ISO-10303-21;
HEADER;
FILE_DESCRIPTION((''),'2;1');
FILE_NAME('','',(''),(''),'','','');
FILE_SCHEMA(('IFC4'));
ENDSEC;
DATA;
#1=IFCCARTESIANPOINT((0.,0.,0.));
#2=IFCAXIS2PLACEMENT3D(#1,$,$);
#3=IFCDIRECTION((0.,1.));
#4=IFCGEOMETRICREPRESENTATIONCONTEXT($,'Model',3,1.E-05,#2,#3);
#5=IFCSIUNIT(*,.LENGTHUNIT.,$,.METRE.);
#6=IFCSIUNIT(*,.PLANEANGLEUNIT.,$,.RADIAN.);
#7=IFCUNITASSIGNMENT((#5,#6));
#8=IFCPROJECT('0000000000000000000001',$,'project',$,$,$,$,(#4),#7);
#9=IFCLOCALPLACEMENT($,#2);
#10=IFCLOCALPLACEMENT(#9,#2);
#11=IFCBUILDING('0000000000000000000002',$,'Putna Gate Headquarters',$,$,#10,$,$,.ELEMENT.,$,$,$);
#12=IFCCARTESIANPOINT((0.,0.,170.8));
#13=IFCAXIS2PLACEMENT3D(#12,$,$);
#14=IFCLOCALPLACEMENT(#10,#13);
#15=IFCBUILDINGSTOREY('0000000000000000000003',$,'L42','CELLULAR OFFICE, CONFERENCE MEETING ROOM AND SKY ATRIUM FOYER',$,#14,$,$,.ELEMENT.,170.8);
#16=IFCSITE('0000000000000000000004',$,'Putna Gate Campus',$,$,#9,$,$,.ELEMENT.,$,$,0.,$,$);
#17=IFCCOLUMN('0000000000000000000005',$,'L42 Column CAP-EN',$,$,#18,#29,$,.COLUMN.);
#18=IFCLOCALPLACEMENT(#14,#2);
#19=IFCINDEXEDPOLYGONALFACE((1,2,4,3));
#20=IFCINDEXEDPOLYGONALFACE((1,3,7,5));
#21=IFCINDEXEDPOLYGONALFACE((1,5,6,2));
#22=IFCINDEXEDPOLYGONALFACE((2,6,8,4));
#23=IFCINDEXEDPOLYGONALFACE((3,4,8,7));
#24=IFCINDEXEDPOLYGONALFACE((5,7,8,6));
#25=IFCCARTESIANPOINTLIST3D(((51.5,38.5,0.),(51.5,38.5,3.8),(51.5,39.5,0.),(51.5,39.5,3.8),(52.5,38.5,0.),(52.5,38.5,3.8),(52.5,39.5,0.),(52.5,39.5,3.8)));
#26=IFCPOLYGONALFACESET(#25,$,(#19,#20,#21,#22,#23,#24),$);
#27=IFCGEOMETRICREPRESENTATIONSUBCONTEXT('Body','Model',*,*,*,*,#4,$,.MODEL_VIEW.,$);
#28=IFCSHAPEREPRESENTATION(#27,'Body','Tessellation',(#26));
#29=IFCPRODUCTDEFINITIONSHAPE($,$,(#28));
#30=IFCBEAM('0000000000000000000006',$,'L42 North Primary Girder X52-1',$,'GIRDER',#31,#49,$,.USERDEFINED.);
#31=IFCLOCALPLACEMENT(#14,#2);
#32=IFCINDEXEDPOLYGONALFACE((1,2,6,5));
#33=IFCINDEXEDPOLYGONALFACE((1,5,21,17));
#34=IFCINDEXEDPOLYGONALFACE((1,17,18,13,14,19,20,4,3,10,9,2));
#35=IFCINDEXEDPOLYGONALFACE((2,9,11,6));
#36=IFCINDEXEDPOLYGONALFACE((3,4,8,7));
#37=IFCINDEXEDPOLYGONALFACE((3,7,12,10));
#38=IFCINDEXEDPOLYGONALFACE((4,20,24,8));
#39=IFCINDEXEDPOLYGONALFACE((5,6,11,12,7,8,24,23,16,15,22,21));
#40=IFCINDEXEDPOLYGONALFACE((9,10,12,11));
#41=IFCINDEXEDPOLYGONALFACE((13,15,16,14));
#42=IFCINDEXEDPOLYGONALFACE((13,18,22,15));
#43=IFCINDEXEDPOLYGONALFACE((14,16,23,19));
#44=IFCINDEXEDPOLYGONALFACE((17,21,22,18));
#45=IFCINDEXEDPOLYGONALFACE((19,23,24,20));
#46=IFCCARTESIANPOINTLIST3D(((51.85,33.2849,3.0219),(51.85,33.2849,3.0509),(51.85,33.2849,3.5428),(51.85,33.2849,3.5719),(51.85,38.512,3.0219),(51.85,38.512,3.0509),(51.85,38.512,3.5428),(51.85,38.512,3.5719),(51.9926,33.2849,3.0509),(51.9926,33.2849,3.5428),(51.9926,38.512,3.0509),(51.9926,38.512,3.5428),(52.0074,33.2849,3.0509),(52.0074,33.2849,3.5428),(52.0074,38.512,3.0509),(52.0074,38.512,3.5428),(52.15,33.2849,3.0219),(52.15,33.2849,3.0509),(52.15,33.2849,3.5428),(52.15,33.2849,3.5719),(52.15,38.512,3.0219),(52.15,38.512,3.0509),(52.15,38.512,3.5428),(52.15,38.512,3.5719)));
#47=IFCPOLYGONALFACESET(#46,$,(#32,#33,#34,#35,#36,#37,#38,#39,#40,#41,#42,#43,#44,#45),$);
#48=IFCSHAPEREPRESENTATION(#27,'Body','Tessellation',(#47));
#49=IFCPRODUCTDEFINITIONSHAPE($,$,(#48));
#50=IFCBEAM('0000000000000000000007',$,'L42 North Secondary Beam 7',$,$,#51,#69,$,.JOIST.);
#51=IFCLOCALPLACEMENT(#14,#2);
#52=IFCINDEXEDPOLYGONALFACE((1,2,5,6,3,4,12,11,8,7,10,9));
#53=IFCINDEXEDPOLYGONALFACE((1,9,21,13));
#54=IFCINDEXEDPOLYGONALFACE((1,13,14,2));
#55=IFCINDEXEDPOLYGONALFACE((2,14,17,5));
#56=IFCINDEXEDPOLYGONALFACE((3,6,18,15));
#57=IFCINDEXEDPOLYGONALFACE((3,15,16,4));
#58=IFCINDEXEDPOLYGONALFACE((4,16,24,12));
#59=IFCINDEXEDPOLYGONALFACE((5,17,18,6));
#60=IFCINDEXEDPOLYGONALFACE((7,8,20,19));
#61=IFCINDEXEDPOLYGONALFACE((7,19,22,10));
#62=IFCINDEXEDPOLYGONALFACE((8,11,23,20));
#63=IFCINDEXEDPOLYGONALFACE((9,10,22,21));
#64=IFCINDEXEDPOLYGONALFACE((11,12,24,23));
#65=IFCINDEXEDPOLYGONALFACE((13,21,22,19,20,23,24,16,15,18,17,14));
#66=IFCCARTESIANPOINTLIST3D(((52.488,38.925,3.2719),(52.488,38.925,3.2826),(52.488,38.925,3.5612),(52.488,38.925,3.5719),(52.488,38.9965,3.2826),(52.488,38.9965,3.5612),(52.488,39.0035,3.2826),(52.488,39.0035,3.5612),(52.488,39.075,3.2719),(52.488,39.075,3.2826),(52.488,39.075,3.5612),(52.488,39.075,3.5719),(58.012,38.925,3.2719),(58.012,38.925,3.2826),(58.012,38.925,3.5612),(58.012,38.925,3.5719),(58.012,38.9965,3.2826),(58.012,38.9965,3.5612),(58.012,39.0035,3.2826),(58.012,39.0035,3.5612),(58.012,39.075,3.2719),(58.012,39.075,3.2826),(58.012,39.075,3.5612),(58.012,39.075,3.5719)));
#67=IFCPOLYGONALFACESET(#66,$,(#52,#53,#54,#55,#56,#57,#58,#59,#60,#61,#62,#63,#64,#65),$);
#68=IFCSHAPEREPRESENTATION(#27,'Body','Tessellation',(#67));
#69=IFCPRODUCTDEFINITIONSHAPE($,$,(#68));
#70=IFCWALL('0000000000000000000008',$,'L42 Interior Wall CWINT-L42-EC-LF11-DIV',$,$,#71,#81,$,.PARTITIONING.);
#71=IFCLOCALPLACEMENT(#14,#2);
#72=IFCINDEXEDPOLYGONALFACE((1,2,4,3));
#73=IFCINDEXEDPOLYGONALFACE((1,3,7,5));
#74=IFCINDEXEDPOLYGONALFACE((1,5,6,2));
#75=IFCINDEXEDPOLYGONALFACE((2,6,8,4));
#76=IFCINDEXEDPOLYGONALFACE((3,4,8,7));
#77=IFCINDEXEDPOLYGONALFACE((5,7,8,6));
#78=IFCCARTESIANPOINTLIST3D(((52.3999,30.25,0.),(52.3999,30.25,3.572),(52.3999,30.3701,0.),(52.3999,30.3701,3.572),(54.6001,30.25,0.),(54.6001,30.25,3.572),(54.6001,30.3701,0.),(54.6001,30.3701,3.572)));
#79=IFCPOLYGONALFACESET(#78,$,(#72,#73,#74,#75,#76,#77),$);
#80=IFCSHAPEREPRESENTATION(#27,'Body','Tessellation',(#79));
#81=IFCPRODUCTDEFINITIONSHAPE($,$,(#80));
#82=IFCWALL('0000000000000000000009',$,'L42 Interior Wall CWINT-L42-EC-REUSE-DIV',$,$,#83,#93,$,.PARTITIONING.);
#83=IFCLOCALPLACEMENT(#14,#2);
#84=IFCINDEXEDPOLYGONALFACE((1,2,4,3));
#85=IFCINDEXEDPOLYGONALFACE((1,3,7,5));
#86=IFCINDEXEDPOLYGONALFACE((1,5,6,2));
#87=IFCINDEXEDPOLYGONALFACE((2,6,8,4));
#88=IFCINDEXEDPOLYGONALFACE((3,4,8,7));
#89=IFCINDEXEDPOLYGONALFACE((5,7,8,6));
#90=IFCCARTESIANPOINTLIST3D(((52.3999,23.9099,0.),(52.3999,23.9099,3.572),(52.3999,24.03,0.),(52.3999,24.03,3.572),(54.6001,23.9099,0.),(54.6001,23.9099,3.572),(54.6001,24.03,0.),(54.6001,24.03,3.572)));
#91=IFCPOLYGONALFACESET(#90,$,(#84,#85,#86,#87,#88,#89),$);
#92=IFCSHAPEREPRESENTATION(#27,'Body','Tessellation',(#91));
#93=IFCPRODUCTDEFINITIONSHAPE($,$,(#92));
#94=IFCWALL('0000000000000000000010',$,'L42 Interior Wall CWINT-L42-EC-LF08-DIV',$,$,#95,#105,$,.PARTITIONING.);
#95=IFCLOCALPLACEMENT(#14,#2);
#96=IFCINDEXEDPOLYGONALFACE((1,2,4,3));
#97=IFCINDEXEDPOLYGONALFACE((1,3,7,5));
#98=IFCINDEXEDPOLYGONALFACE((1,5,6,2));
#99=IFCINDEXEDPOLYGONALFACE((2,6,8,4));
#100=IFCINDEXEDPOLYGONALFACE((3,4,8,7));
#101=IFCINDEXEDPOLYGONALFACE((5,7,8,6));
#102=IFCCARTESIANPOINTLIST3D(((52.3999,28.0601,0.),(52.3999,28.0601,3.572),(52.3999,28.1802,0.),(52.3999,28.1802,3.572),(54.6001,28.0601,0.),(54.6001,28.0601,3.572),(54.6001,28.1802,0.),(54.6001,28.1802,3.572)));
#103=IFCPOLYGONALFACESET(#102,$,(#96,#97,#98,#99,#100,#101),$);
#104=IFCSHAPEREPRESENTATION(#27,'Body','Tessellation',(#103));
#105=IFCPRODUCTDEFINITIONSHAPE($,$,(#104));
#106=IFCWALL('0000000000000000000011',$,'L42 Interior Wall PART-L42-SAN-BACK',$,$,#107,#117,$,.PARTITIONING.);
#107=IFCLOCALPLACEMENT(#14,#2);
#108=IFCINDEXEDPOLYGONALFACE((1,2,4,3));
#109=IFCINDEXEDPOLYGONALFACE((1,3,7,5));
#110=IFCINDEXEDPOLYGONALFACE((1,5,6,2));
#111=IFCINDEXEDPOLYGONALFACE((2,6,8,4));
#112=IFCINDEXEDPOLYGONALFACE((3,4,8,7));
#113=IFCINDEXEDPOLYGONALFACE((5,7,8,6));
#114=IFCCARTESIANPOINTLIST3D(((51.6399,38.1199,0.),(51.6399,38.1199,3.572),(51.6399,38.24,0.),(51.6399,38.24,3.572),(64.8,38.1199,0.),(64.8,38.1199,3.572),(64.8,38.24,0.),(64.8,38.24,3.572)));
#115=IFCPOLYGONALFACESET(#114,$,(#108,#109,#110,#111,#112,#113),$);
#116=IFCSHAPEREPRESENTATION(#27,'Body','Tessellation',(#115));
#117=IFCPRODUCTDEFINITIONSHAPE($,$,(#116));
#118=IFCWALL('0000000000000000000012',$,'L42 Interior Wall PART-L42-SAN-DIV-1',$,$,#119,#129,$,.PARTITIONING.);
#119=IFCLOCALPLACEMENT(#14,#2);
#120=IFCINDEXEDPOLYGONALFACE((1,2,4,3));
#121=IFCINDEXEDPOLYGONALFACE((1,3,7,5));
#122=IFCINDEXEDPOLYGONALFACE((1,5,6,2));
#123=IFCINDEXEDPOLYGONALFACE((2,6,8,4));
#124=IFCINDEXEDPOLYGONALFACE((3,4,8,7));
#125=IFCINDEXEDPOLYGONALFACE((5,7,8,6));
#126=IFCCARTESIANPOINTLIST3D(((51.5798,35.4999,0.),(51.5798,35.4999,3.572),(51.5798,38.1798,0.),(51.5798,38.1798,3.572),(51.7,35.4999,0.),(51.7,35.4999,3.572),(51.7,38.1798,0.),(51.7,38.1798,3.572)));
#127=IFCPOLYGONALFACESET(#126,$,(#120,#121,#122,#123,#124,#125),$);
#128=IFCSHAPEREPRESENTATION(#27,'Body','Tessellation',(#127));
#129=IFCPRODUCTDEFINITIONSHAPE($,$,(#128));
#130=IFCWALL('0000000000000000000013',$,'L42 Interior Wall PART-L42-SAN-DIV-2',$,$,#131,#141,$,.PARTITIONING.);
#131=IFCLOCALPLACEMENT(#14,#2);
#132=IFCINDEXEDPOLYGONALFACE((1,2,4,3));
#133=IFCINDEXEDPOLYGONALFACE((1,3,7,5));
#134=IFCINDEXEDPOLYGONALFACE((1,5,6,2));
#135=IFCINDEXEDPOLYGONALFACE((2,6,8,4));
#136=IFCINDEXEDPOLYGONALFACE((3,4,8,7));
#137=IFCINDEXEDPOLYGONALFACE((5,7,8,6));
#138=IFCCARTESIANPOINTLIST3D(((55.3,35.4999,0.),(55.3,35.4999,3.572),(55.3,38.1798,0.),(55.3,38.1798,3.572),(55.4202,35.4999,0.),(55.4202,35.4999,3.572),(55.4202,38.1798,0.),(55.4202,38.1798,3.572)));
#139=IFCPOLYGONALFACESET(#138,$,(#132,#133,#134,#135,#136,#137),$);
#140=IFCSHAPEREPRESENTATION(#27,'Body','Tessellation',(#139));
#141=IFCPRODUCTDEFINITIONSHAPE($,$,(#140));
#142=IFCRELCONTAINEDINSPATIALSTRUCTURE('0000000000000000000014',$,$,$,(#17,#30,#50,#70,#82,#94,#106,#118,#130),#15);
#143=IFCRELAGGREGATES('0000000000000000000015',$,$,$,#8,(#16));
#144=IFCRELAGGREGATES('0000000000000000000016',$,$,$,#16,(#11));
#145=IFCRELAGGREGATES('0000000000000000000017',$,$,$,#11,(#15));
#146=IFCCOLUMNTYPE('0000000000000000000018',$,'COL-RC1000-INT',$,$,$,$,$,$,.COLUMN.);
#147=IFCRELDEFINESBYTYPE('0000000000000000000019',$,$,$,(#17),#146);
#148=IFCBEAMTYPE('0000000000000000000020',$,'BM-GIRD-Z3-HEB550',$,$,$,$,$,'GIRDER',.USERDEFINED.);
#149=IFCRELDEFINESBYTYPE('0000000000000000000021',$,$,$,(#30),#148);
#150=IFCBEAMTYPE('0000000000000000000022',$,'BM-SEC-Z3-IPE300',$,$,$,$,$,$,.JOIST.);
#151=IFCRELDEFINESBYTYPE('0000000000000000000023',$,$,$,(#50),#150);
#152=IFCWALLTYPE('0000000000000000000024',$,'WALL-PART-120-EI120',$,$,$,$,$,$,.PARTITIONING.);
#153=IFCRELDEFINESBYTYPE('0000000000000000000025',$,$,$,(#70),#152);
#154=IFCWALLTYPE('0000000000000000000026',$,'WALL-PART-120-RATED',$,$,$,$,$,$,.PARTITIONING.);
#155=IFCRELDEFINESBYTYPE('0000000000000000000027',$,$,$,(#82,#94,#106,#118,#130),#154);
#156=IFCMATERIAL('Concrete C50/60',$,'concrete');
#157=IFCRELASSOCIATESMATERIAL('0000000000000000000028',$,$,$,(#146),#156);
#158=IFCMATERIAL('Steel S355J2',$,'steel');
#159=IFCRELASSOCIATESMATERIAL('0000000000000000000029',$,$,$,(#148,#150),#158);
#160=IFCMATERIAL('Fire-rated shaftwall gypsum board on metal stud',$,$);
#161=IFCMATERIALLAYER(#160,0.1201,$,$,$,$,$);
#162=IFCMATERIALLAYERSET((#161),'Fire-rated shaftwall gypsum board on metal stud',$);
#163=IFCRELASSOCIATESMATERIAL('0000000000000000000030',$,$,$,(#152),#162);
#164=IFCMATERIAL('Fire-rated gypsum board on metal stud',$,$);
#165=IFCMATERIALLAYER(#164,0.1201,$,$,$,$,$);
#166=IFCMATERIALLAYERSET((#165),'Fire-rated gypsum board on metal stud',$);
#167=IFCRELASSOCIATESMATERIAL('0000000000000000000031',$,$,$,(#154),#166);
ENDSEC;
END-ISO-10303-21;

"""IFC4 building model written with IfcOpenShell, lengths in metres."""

from ifc_helpers import new_model, si_unit, direction, frame, frame_2d, origin, origin_2d, place, context, subcontext, project, spatial, rectangle, i_section, extrude, material, layer, layer_set, material_profile, profile_set, type_object, element, save


model = new_model("IFC4")

# Units and contexts
model_context = context("Model", 3, precision=1e-05, world=origin(), true_north=direction((0.0, 1.0)))
body_context = subcontext(model_context, "Body", "Model", "MODEL_VIEW")
ifc_project = project(units=[si_unit("LENGTHUNIT", "METRE"), si_unit("PLANEANGLEUNIT", "RADIAN")], contexts=[model_context])

# Site, building, storey
site_placement = place(None, origin())
site = spatial("IfcSite", under=ifc_project, at=site_placement, Name="Putna Gate Campus", CompositionType="ELEMENT", RefElevation=0.0)
building_placement = place(site_placement, origin())
building = spatial("IfcBuilding", under=site, at=building_placement, Name="Putna Gate Headquarters", CompositionType="ELEMENT")
storey_placement = place(building_placement, frame((0.0, 0.0, 170.8)))
storey = spatial("IfcBuildingStorey", under=building, at=storey_placement, Name="L42", Description="CELLULAR OFFICE, CONFERENCE MEETING ROOM AND SKY ATRIUM FOYER", CompositionType="ELEMENT", Elevation=170.8)

# Column
ifc_material_1 = material(Name="Concrete C50/60", Category="concrete")
ifc_material_profile_1 = material_profile(ifc_material_1, rectangle(XDim=1.0, YDim=1.0, at=origin_2d()), Name="Concrete C50/60")
ifc_profile_set_1 = profile_set([ifc_material_profile_1], Name="Concrete C50/60")
column_type = type_object("IfcColumnType", Name="COL-RC1000-INT", PredefinedType="COLUMN", material=ifc_profile_set_1)
column_placement = place(storey_placement, frame((52.0, 39.0, 0.0), z_axis=(0.0, 0.0, 1.0), x_axis=(1.0, 0.0, 0.0)))
element("IfcColumn", 1, at=column_placement, inside=storey, type_object=column_type, Name="L42 Column CAP-EN", PredefinedType="COLUMN", context=body_context, shape_type="SweptSolid", body=[
    extrude(rectangle(XDim=1.0, YDim=1.0, at=origin_2d()), origin(), (0.0, 0.0, 1.0), 3.8),
])

# Beams
ifc_material_2 = material(Name="Steel S355J2", Category="steel")
ifc_material_profile_2 = material_profile(ifc_material_2, i_section(OverallWidth=0.3, OverallDepth=0.55, WebThickness=0.0149, FlangeThickness=0.0291, at=origin_2d()), Name="Steel S355J2")
ifc_profile_set_2 = profile_set([ifc_material_profile_2], Name="Steel S355J2")
beam_type_1 = type_object("IfcBeamType", Name="BM-GIRD-Z3-HEB550", ElementType="GIRDER", PredefinedType="USERDEFINED", material=ifc_profile_set_2)
beam_1_placement = place(storey_placement, frame((52.0, 33.2849, 3.2969), z_axis=(0.0, 1.0, 0.0), x_axis=(-1.0, 0.0, 0.0)))
element("IfcBeam", 2, at=beam_1_placement, inside=storey, type_object=beam_type_1, Name="L42 North Primary Girder X52-1", ObjectType="GIRDER", PredefinedType="USERDEFINED", context=body_context, shape_type="SweptSolid", body=[
    extrude(i_section(OverallWidth=0.3, OverallDepth=0.55, WebThickness=0.0149, FlangeThickness=0.0291, at=origin_2d()), origin(), (0.0, 0.0, 1.0), 5.2271),
])
ifc_material_profile_3 = material_profile(ifc_material_2, i_section(OverallWidth=0.1499, OverallDepth=0.3, WebThickness=0.0071, FlangeThickness=0.0107, at=origin_2d()), Name="Steel S355J2")
ifc_profile_set_3 = profile_set([ifc_material_profile_3], Name="Steel S355J2")
beam_type_2 = type_object("IfcBeamType", Name="BM-SEC-Z3-IPE300", PredefinedType="JOIST", material=ifc_profile_set_3)
beam_2_placement = place(storey_placement, frame((52.488, 39.0, 3.4219), z_axis=(1.0, 0.0, 0.0), x_axis=(0.0, 1.0, 0.0)))
element("IfcBeam", 3, at=beam_2_placement, inside=storey, type_object=beam_type_2, Name="L42 North Secondary Beam 7", PredefinedType="JOIST", context=body_context, shape_type="SweptSolid", body=[
    extrude(i_section(OverallWidth=0.1499, OverallDepth=0.3, WebThickness=0.0071, FlangeThickness=0.0107, at=origin_2d()), origin(), (0.0, 0.0, 1.0), 5.5239),
])

# Walls
ifc_material_3 = material(Name="Fire-rated shaftwall gypsum board on metal stud")
ifc_layer_1 = layer(ifc_material_3, 0.1201)
ifc_layer_set_1 = layer_set([ifc_layer_1], Name="Fire-rated shaftwall gypsum board on metal stud")
wall_type_1 = type_object("IfcWallType", Name="WALL-PART-120-EI120", PredefinedType="PARTITIONING", material=ifc_layer_set_1)
wall_1_placement = place(storey_placement, frame((52.3999, 30.3101, 0.0), z_axis=(0.0, 0.0, 1.0), x_axis=(1.0, 0.0, 0.0)))
element("IfcWall", 4, at=wall_1_placement, inside=storey, type_object=wall_type_1, Name="L42 Interior Wall CWINT-L42-EC-LF11-DIV", PredefinedType="PARTITIONING", context=body_context, shape_type="SweptSolid", body=[
    extrude(rectangle(XDim=2.2002, YDim=0.1201, at=frame_2d((1.1001, 0.0))), origin(), (0.0, 0.0, 1.0), 3.572),
])
ifc_material_4 = material(Name="Fire-rated gypsum board on metal stud")
ifc_layer_2 = layer(ifc_material_4, 0.1201)
ifc_layer_set_2 = layer_set([ifc_layer_2], Name="Fire-rated gypsum board on metal stud")
wall_type_2 = type_object("IfcWallType", Name="WALL-PART-120-RATED", PredefinedType="PARTITIONING", material=ifc_layer_set_2)
for number, where, z_axis, x_axis, name in (
    (5, (52.3999, 23.97, 0.0), (0.0, 0.0, 1.0), (1.0, 0.0, 0.0), "L42 Interior Wall CWINT-L42-EC-REUSE-DIV"),
    (6, (52.3999, 28.1201, 0.0), (0.0, 0.0, 1.0), (1.0, 0.0, 0.0), "L42 Interior Wall CWINT-L42-EC-LF08-DIV"),
):
    element("IfcWall", number, at=place(storey_placement, frame(where, z_axis=z_axis, x_axis=x_axis)), inside=storey, type_object=wall_type_2, Name=name, PredefinedType="PARTITIONING", context=body_context, shape_type="SweptSolid", body=[
        extrude(rectangle(XDim=2.2002, YDim=0.1201, at=frame_2d((1.1001, 0.0))), origin(), (0.0, 0.0, 1.0), 3.572),
    ])

# Walls
wall_2_placement = place(storey_placement, frame((51.6399, 38.1799, 0.0), z_axis=(0.0, 0.0, 1.0), x_axis=(1.0, 0.0, 0.0)))
element("IfcWall", 7, at=wall_2_placement, inside=storey, type_object=wall_type_2, Name="L42 Interior Wall PART-L42-SAN-BACK", PredefinedType="PARTITIONING", context=body_context, shape_type="SweptSolid", body=[
    extrude(rectangle(XDim=13.1602, YDim=0.1201, at=frame_2d((6.5801, 0.0))), origin(), (0.0, 0.0, 1.0), 3.572),
])
for number, where, z_axis, x_axis, name in (
    (8, (51.6399, 35.5, 0.0), (0.0, 0.0, 1.0), (0.0, 1.0, 0.0), "L42 Interior Wall PART-L42-SAN-DIV-1"),
    (9, (55.3601, 35.5, 0.0), (0.0, 0.0, 1.0), (0.0, 1.0, 0.0), "L42 Interior Wall PART-L42-SAN-DIV-2"),
):
    element("IfcWall", number, at=place(storey_placement, frame(where, z_axis=z_axis, x_axis=x_axis)), inside=storey, type_object=wall_type_2, Name=name, PredefinedType="PARTITIONING", context=body_context, shape_type="SweptSolid", body=[
        extrude(rectangle(XDim=2.6799, YDim=0.1201, at=frame_2d((1.3398, 0.0))), origin(), (0.0, 0.0, 1.0), 3.572),
    ])

save(model, "model.ifc")
